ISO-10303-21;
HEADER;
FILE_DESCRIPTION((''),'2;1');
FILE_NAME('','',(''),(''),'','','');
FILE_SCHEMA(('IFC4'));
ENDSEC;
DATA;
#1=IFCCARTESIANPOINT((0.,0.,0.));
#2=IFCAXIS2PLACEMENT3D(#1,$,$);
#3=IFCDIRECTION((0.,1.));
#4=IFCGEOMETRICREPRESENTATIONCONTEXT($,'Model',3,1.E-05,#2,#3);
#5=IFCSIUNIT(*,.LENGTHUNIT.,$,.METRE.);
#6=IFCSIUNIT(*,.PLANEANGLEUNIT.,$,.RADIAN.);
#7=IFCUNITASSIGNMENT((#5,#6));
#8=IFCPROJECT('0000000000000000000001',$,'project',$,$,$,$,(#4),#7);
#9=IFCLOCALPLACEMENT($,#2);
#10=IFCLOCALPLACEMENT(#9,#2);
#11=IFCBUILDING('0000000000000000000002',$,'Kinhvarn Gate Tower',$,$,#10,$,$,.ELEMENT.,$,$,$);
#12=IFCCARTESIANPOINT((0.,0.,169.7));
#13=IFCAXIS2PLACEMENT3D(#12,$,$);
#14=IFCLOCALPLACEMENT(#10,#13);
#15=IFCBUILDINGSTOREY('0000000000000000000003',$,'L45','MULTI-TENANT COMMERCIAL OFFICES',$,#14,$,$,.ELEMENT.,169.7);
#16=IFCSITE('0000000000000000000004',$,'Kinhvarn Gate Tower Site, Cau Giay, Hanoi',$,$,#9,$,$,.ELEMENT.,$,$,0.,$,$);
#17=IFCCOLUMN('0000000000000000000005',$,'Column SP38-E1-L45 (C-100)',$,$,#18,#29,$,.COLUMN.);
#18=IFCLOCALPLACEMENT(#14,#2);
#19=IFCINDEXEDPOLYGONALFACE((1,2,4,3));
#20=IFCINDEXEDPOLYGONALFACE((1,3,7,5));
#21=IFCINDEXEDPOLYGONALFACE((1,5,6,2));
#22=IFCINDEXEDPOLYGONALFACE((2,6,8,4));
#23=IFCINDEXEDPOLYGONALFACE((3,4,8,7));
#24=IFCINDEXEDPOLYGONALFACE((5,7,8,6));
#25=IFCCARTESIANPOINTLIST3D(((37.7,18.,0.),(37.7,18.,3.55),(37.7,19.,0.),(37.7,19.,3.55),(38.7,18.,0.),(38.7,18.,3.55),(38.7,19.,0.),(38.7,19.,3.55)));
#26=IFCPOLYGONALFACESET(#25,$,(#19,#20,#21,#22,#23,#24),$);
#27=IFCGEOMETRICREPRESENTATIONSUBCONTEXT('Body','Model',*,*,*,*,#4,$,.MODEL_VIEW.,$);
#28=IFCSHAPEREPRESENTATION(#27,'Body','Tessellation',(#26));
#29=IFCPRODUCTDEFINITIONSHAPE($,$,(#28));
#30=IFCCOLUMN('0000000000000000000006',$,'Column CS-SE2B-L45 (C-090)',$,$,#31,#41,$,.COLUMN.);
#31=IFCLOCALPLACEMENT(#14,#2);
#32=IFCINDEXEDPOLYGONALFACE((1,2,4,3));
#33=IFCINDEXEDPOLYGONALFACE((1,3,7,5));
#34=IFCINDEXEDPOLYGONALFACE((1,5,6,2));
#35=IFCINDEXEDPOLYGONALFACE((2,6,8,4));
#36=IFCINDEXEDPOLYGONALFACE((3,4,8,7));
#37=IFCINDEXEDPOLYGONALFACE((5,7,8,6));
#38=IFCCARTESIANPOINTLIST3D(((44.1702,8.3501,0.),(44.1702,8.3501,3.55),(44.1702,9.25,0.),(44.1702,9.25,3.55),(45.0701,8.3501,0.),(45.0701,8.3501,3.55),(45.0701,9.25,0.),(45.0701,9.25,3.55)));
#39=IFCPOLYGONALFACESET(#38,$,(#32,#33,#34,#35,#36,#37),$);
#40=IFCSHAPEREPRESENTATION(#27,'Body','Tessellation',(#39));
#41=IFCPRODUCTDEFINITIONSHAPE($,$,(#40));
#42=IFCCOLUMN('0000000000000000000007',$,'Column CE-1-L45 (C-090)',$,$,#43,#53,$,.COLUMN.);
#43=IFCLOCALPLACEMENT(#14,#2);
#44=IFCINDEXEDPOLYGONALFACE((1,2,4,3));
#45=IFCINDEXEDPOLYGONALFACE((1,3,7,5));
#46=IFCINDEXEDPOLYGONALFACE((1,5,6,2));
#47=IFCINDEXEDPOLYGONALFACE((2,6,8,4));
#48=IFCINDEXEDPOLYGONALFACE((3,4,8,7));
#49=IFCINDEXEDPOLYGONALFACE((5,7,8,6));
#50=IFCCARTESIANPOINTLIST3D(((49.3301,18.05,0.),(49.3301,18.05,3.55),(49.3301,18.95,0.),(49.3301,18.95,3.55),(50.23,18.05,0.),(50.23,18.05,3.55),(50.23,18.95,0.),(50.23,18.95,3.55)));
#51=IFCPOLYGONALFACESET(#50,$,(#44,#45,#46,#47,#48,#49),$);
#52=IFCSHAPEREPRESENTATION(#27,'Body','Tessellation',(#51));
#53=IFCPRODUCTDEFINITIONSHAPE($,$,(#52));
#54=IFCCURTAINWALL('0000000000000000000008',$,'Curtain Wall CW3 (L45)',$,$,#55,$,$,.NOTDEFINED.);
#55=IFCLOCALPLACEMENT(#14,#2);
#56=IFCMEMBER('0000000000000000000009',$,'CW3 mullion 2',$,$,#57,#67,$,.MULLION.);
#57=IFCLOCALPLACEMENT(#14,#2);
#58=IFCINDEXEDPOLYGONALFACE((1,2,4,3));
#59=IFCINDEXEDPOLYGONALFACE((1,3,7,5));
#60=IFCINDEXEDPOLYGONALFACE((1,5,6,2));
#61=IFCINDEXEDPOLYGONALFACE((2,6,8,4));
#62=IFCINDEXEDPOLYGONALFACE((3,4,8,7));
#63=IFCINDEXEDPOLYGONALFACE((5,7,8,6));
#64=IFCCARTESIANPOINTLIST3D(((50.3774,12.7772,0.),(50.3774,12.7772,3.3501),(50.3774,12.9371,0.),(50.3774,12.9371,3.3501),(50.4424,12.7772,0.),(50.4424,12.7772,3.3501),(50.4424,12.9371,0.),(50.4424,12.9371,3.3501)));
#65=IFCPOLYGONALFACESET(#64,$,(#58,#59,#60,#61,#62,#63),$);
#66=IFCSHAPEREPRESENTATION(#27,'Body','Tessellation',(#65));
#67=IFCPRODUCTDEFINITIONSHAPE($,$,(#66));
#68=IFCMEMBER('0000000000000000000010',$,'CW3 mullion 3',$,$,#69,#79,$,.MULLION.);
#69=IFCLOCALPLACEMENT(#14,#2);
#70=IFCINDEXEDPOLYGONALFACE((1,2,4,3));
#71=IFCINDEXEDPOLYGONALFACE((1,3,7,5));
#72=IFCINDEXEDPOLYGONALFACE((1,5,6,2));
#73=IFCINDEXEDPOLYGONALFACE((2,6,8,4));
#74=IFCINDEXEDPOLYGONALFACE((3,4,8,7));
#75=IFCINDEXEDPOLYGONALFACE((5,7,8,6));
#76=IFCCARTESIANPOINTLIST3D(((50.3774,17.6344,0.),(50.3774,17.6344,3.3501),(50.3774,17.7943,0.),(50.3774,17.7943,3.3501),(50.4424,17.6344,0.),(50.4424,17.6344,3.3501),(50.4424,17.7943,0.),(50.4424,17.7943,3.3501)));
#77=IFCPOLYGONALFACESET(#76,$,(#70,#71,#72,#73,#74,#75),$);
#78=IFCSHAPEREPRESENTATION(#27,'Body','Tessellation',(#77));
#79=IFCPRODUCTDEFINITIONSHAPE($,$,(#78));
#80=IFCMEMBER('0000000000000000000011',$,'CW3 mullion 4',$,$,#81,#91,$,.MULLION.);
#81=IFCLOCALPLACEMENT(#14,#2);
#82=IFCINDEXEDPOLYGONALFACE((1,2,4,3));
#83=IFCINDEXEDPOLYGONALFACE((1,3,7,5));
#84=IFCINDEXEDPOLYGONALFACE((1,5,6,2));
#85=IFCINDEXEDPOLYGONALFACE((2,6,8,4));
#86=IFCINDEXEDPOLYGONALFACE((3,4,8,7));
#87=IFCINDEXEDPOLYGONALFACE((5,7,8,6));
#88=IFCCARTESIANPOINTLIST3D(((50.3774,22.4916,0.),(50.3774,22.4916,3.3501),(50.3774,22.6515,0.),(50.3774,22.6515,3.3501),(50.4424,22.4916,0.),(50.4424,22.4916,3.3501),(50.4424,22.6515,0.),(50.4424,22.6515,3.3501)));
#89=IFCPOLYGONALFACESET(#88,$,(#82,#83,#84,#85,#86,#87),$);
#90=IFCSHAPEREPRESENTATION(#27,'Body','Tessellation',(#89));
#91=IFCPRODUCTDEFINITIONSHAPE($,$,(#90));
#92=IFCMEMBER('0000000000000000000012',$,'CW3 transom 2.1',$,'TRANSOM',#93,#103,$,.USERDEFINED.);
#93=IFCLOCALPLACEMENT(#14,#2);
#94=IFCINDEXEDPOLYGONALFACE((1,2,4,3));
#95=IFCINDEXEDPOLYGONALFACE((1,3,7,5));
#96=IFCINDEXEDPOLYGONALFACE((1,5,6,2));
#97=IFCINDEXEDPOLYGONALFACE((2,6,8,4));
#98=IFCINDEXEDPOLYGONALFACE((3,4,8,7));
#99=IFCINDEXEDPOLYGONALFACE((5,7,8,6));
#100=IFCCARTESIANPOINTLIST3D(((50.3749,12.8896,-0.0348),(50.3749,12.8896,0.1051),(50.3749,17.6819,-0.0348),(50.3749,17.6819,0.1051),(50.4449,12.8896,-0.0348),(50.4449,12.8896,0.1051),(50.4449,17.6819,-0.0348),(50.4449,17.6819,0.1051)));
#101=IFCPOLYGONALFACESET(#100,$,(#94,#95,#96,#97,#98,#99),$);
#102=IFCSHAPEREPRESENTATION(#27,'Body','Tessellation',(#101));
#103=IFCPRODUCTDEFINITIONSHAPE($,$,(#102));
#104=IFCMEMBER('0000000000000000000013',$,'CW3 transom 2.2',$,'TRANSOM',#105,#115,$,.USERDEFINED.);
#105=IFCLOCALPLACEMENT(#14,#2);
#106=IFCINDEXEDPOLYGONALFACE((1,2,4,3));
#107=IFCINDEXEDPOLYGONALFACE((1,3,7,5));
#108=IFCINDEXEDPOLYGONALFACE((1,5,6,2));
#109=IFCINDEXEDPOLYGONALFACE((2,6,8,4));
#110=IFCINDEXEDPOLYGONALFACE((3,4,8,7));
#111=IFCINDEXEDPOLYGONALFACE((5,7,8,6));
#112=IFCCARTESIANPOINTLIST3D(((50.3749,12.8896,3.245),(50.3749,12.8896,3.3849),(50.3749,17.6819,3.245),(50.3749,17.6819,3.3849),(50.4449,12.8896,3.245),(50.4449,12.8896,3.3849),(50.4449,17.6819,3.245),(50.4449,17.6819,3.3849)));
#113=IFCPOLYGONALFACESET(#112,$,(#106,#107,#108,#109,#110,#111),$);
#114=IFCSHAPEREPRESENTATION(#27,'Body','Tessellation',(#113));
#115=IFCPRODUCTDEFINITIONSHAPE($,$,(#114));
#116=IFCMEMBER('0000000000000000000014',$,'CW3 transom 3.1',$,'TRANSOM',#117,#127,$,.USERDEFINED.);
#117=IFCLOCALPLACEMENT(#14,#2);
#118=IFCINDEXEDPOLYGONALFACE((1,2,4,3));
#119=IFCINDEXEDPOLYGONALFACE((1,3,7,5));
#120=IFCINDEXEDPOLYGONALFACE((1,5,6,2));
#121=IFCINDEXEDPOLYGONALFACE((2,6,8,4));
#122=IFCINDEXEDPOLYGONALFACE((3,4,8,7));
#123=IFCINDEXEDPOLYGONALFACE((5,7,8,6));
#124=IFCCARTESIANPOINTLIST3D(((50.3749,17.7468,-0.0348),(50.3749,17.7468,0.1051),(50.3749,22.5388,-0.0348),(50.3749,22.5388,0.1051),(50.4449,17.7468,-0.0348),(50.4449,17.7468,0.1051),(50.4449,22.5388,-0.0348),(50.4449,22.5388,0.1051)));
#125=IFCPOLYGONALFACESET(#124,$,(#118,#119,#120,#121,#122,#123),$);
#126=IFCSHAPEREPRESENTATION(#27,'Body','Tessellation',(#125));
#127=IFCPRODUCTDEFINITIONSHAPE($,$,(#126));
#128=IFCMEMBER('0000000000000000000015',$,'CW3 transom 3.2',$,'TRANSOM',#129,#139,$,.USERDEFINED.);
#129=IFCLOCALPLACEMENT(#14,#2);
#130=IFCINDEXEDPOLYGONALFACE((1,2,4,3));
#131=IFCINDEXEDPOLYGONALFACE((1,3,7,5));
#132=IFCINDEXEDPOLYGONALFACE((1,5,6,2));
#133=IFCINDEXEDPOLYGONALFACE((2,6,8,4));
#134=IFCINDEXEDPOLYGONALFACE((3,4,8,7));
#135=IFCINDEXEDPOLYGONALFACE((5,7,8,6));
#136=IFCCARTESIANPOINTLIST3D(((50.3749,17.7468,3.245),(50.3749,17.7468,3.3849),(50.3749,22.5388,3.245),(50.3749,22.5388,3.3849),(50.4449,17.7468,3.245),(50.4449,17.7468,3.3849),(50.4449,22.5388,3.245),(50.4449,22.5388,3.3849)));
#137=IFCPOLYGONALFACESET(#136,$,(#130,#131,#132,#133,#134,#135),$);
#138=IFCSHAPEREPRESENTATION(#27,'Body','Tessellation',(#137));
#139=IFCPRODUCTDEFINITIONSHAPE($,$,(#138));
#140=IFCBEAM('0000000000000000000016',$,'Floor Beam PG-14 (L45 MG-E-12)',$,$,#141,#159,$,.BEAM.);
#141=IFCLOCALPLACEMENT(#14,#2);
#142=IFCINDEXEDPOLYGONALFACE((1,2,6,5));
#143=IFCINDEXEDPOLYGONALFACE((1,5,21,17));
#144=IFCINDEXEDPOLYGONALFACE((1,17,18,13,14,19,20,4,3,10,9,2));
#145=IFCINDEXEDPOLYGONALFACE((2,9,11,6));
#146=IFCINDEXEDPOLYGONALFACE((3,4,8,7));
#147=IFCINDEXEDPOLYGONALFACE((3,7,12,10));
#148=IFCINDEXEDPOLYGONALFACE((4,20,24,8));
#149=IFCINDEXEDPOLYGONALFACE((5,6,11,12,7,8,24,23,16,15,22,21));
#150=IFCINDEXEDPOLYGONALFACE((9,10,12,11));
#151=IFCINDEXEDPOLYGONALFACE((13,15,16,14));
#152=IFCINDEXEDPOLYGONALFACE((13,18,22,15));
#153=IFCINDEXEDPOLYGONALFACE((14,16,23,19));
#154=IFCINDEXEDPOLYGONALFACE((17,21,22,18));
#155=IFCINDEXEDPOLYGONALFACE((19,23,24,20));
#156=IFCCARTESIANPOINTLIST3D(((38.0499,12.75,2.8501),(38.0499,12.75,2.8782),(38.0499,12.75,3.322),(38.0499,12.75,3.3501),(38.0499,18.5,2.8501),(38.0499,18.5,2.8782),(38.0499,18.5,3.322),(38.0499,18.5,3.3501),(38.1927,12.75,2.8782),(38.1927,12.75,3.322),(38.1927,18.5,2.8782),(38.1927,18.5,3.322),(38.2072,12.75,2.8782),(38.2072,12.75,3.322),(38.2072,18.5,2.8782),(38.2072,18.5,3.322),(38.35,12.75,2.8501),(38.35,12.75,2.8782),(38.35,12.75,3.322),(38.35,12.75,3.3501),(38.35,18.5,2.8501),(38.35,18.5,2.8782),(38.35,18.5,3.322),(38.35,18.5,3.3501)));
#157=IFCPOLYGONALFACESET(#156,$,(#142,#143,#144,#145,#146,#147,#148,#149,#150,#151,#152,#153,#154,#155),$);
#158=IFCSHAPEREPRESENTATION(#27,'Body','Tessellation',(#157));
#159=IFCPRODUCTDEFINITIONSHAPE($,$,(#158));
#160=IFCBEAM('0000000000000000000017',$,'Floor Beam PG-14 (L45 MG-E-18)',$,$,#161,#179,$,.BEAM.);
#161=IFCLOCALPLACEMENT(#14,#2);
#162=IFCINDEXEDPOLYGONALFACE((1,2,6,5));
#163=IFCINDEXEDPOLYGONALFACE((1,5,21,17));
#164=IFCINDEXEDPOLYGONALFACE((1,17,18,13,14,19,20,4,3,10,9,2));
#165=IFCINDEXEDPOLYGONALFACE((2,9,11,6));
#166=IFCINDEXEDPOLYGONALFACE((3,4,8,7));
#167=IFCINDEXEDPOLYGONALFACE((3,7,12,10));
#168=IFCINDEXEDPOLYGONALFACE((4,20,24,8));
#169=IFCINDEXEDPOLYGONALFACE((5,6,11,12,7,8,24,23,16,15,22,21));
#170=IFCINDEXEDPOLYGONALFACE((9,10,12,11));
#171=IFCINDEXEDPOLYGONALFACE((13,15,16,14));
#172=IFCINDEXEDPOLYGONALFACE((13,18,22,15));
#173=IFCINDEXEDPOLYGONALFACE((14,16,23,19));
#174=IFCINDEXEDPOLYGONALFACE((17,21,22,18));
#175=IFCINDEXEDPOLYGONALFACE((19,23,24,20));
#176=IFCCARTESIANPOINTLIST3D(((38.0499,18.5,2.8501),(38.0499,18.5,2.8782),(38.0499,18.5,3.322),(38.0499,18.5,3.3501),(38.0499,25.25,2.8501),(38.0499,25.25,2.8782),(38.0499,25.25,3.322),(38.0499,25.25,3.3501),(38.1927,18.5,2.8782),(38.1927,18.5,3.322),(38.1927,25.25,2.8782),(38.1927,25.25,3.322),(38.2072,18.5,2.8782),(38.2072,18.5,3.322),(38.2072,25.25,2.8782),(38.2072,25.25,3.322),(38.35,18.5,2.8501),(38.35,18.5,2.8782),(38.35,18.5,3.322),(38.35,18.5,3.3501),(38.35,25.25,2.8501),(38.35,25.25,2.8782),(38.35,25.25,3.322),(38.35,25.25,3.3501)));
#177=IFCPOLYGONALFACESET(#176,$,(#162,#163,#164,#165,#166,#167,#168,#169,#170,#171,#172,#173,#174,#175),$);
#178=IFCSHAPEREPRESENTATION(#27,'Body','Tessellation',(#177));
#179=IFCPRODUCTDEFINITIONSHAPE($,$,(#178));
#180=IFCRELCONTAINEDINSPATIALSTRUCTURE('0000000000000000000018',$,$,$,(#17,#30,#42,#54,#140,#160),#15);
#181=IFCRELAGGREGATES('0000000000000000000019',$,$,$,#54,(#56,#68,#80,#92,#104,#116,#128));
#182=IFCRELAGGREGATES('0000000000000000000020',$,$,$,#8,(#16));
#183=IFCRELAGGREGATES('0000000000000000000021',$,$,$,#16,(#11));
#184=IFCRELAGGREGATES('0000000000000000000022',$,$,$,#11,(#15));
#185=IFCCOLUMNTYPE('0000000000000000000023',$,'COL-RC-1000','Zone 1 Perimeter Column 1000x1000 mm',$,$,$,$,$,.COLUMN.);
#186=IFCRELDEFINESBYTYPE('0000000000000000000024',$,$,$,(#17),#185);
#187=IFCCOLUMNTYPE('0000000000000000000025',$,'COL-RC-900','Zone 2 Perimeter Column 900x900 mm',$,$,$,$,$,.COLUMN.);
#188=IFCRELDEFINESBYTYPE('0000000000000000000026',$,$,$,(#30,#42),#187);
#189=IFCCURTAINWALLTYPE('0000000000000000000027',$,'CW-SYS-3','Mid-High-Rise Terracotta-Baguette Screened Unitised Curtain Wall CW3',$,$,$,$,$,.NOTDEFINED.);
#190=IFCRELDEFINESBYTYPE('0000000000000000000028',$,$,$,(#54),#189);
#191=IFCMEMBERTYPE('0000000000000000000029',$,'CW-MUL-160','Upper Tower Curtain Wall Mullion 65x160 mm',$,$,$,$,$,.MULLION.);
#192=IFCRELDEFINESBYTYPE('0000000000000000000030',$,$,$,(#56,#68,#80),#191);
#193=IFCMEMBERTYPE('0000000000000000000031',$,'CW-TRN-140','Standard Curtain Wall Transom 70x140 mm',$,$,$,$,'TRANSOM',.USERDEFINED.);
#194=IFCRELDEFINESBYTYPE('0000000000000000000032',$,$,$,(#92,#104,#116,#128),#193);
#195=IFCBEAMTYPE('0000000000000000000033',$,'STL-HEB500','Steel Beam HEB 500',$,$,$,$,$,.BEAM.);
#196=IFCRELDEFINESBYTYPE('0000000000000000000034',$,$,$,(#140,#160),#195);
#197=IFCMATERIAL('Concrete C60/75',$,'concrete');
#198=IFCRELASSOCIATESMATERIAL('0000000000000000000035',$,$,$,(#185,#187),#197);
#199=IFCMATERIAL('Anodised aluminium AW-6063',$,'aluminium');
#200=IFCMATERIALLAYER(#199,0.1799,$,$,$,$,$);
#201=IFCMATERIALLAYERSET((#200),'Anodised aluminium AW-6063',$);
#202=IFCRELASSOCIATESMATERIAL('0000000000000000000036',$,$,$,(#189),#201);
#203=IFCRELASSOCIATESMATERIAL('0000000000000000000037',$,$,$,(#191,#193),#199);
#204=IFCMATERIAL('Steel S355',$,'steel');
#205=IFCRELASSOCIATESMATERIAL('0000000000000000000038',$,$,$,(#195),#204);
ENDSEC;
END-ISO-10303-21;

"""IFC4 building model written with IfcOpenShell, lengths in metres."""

from ifc_helpers import new_model, si_unit, direction, frame, origin, origin_2d, place, context, subcontext, project, spatial, rectangle, i_section, extrude, material, layer, layer_set, material_profile, profile_set, type_object, element, aggregate, save


model = new_model("IFC4")

# Units and contexts
model_context = context("Model", 3, precision=1e-05, world=origin(), true_north=direction((0.0, 1.0)))
body_context = subcontext(model_context, "Body", "Model", "MODEL_VIEW")
ifc_project = project(units=[si_unit("LENGTHUNIT", "METRE"), si_unit("PLANEANGLEUNIT", "RADIAN")], contexts=[model_context])

# Site, building, storey
site_placement = place(None, origin())
site = spatial("IfcSite", under=ifc_project, at=site_placement, Name="Kinhvarn Gate Tower Site, Cau Giay, Hanoi", CompositionType="ELEMENT", RefElevation=0.0)
building_placement = place(site_placement, origin())
building = spatial("IfcBuilding", under=site, at=building_placement, Name="Kinhvarn Gate Tower", CompositionType="ELEMENT")
storey_placement = place(building_placement, frame((0.0, 0.0, 169.7)))
storey = spatial("IfcBuildingStorey", under=building, at=storey_placement, Name="L45", Description="MULTI-TENANT COMMERCIAL OFFICES", CompositionType="ELEMENT", Elevation=169.7)

# Columns
ifc_material_1 = material(Name="Concrete C60/75", Category="concrete")
ifc_material_profile_1 = material_profile(ifc_material_1, rectangle(XDim=1.0, YDim=1.0, at=origin_2d()), Name="RC 1000x1000")
ifc_profile_set_1 = profile_set([ifc_material_profile_1], Name="Concrete C60/75")
column_type_1 = type_object("IfcColumnType", Name="COL-RC-1000", Description="Zone 1 Perimeter Column 1000x1000 mm", PredefinedType="COLUMN", material=ifc_profile_set_1)
column_placement = place(storey_placement, frame((38.2, 18.5, 0.0), z_axis=(0.0, 0.0, 1.0), x_axis=(1.0, 0.0, 0.0)))
element("IfcColumn", 1, at=column_placement, inside=storey, type_object=column_type_1, Name="Column SP38-E1-L45 (C-100)", PredefinedType="COLUMN", context=body_context, shape_type="SweptSolid", body=[
    extrude(rectangle(XDim=1.0, YDim=1.0, at=origin_2d()), origin(), (0.0, 0.0, 1.0), 3.55),
])
ifc_material_profile_2 = material_profile(ifc_material_1, rectangle(XDim=0.8999, YDim=0.8999, at=origin_2d()), Name="RC 900x900")
ifc_profile_set_2 = profile_set([ifc_material_profile_2], Name="Concrete C60/75")
column_type_2 = type_object("IfcColumnType", Name="COL-RC-900", Description="Zone 2 Perimeter Column 900x900 mm", PredefinedType="COLUMN", material=ifc_profile_set_2)
for number, where, z_axis, x_axis, name in (
    (2, (44.6201, 8.8, 0.0), (0.0, 0.0, 1.0), (1.0, 0.0, 0.0), "Column CS-SE2B-L45 (C-090)"),
    (3, (49.78, 18.5, 0.0), (0.0, 0.0, 1.0), (1.0, 0.0, 0.0), "Column CE-1-L45 (C-090)"),
):
    element("IfcColumn", number, at=place(storey_placement, frame(where, z_axis=z_axis, x_axis=x_axis)), inside=storey, type_object=column_type_2, Name=name, PredefinedType="COLUMN", context=body_context, shape_type="SweptSolid", body=[
        extrude(rectangle(XDim=0.8999, YDim=0.8999, at=origin_2d()), origin(), (0.0, 0.0, 1.0), 3.55),
    ])

# Curtain wall, members
ifc_material_2 = material(Name="Anodised aluminium AW-6063", Category="aluminium")
ifc_layer_1 = layer(ifc_material_2, 0.1799)
ifc_layer_set_1 = layer_set([ifc_layer_1], Name="Anodised aluminium AW-6063")
curtain_wall_type = type_object("IfcCurtainWallType", Name="CW-SYS-3", Description="Mid-High-Rise Terracotta-Baguette Screened Unitised Curtain Wall CW3", PredefinedType="NOTDEFINED", material=ifc_layer_set_1)
curtain_wall_placement = place(storey_placement, origin())
curtain_wall = element("IfcCurtainWall", 4, at=curtain_wall_placement, inside=storey, type_object=curtain_wall_type, Name="Curtain Wall CW3 (L45)", PredefinedType="NOTDEFINED")
ifc_material_profile_3 = material_profile(ifc_material_2, rectangle(XDim=0.0649, YDim=0.1599, at=origin_2d()), Name="ALU 65x160")
ifc_profile_set_3 = profile_set([ifc_material_profile_3], Name="Anodised aluminium AW-6063")
member_type_1 = type_object("IfcMemberType", Name="CW-MUL-160", Description="Upper Tower Curtain Wall Mullion 65x160 mm", PredefinedType="MULLION", material=ifc_profile_set_3)
member_1_placement = place(storey_placement, frame((50.4099, 12.8572, 0.0), z_axis=(0.0, 0.0, 1.0), x_axis=(-1.0, 0.0, 0.0)))
member_1 = element("IfcMember", 5, at=member_1_placement, type_object=member_type_1, Name="CW3 mullion 2", PredefinedType="MULLION", context=body_context, shape_type="SweptSolid", body=[
    extrude(rectangle(XDim=0.0649, YDim=0.1599, at=origin_2d()), origin(), (0.0, 0.0, 1.0), 3.3501),
])
member_2_placement = place(storey_placement, frame((50.4099, 17.7144, 0.0), z_axis=(0.0, 0.0, 1.0), x_axis=(-1.0, 0.0, 0.0)))
member_2 = element("IfcMember", 6, at=member_2_placement, type_object=member_type_1, Name="CW3 mullion 3", PredefinedType="MULLION", context=body_context, shape_type="SweptSolid", body=[
    extrude(rectangle(XDim=0.0649, YDim=0.1599, at=origin_2d()), origin(), (0.0, 0.0, 1.0), 3.3501),
])
member_3_placement = place(storey_placement, frame((50.4099, 22.5715, 0.0), z_axis=(0.0, 0.0, 1.0), x_axis=(-1.0, 0.0, 0.0)))
member_3 = element("IfcMember", 7, at=member_3_placement, type_object=member_type_1, Name="CW3 mullion 4", PredefinedType="MULLION", context=body_context, shape_type="SweptSolid", body=[
    extrude(rectangle(XDim=0.0649, YDim=0.1599, at=origin_2d()), origin(), (0.0, 0.0, 1.0), 3.3501),
])
ifc_material_profile_4 = material_profile(ifc_material_2, rectangle(XDim=0.0701, YDim=0.1399, at=origin_2d()), Name="ALU 70x140")
ifc_profile_set_4 = profile_set([ifc_material_profile_4], Name="Anodised aluminium AW-6063")
member_type_2 = type_object("IfcMemberType", Name="CW-TRN-140", Description="Standard Curtain Wall Transom 70x140 mm", ElementType="TRANSOM", PredefinedType="USERDEFINED", material=ifc_profile_set_4)
member_4_placement = place(storey_placement, frame((50.4099, 12.8896, 0.0352), z_axis=(0.0, 1.0, 0.0), x_axis=(-1.0, 0.0, 0.0)))
member_4 = element("IfcMember", 8, at=member_4_placement, type_object=member_type_2, Name="CW3 transom 2.1", ObjectType="TRANSOM", PredefinedType="USERDEFINED", context=body_context, shape_type="SweptSolid", body=[
    extrude(rectangle(XDim=0.0701, YDim=0.1399, at=origin_2d()), origin(), (0.0, 0.0, 1.0), 4.7922),
])
member_5_placement = place(storey_placement, frame((50.4099, 12.8896, 3.3149), z_axis=(0.0, 1.0, 0.0), x_axis=(-1.0, 0.0, 0.0)))
member_5 = element("IfcMember", 9, at=member_5_placement, type_object=member_type_2, Name="CW3 transom 2.2", ObjectType="TRANSOM", PredefinedType="USERDEFINED", context=body_context, shape_type="SweptSolid", body=[
    extrude(rectangle(XDim=0.0701, YDim=0.1399, at=origin_2d()), origin(), (0.0, 0.0, 1.0), 4.7922),
])
member_6_placement = place(storey_placement, frame((50.4099, 17.7468, 0.0352), z_axis=(0.0, 1.0, 0.0), x_axis=(-1.0, 0.0, 0.0)))
member_6 = element("IfcMember", 10, at=member_6_placement, type_object=member_type_2, Name="CW3 transom 3.1", ObjectType="TRANSOM", PredefinedType="USERDEFINED", context=body_context, shape_type="SweptSolid", body=[
    extrude(rectangle(XDim=0.0701, YDim=0.1399, at=origin_2d()), origin(), (0.0, 0.0, 1.0), 4.792),
])
member_7_placement = place(storey_placement, frame((50.4099, 17.7468, 3.3149), z_axis=(0.0, 1.0, 0.0), x_axis=(-1.0, 0.0, 0.0)))
member_7 = element("IfcMember", 11, at=member_7_placement, type_object=member_type_2, Name="CW3 transom 3.2", ObjectType="TRANSOM", PredefinedType="USERDEFINED", context=body_context, shape_type="SweptSolid", body=[
    extrude(rectangle(XDim=0.0701, YDim=0.1399, at=origin_2d()), origin(), (0.0, 0.0, 1.0), 4.792),
])

# Beams
ifc_material_3 = material(Name="Steel S355", Category="steel")
ifc_material_profile_5 = material_profile(ifc_material_3, i_section(OverallWidth=0.3, OverallDepth=0.5, WebThickness=0.0144, FlangeThickness=0.0281, at=origin_2d()), Name="HEB 500")
ifc_profile_set_5 = profile_set([ifc_material_profile_5], Name="Steel S355")
beam_type_1 = type_object("IfcBeamType", Name="STL-HEB500", Description="Steel Beam HEB 500", PredefinedType="BEAM", material=ifc_profile_set_5)
beam_1_placement = place(storey_placement, frame((38.2, 12.75, 3.1001), z_axis=(0.0, 1.0, 0.0), x_axis=(-1.0, 0.0, 0.0)))
element("IfcBeam", 12, at=beam_1_placement, inside=storey, type_object=beam_type_1, Name="Floor Beam PG-14 (L45 MG-E-12)", PredefinedType="BEAM", context=body_context, shape_type="SweptSolid", body=[
    extrude(i_section(OverallWidth=0.3, OverallDepth=0.5, WebThickness=0.0144, FlangeThickness=0.0281, at=origin_2d()), origin(), (0.0, 0.0, 1.0), 5.75),
])
beam_2_placement = place(storey_placement, frame((38.2, 18.5, 3.1001), z_axis=(0.0, 1.0, 0.0), x_axis=(-1.0, 0.0, 0.0)))
element("IfcBeam", 13, at=beam_2_placement, inside=storey, type_object=beam_type_1, Name="Floor Beam PG-14 (L45 MG-E-18)", PredefinedType="BEAM", context=body_context, shape_type="SweptSolid", body=[
    extrude(i_section(OverallWidth=0.3, OverallDepth=0.5, WebThickness=0.0144, FlangeThickness=0.0281, at=origin_2d()), origin(), (0.0, 0.0, 1.0), 6.75),
])

aggregate(curtain_wall, [member_1, member_2, member_3, member_4, member_5, member_6, member_7])

save(model, "model.ifc")
